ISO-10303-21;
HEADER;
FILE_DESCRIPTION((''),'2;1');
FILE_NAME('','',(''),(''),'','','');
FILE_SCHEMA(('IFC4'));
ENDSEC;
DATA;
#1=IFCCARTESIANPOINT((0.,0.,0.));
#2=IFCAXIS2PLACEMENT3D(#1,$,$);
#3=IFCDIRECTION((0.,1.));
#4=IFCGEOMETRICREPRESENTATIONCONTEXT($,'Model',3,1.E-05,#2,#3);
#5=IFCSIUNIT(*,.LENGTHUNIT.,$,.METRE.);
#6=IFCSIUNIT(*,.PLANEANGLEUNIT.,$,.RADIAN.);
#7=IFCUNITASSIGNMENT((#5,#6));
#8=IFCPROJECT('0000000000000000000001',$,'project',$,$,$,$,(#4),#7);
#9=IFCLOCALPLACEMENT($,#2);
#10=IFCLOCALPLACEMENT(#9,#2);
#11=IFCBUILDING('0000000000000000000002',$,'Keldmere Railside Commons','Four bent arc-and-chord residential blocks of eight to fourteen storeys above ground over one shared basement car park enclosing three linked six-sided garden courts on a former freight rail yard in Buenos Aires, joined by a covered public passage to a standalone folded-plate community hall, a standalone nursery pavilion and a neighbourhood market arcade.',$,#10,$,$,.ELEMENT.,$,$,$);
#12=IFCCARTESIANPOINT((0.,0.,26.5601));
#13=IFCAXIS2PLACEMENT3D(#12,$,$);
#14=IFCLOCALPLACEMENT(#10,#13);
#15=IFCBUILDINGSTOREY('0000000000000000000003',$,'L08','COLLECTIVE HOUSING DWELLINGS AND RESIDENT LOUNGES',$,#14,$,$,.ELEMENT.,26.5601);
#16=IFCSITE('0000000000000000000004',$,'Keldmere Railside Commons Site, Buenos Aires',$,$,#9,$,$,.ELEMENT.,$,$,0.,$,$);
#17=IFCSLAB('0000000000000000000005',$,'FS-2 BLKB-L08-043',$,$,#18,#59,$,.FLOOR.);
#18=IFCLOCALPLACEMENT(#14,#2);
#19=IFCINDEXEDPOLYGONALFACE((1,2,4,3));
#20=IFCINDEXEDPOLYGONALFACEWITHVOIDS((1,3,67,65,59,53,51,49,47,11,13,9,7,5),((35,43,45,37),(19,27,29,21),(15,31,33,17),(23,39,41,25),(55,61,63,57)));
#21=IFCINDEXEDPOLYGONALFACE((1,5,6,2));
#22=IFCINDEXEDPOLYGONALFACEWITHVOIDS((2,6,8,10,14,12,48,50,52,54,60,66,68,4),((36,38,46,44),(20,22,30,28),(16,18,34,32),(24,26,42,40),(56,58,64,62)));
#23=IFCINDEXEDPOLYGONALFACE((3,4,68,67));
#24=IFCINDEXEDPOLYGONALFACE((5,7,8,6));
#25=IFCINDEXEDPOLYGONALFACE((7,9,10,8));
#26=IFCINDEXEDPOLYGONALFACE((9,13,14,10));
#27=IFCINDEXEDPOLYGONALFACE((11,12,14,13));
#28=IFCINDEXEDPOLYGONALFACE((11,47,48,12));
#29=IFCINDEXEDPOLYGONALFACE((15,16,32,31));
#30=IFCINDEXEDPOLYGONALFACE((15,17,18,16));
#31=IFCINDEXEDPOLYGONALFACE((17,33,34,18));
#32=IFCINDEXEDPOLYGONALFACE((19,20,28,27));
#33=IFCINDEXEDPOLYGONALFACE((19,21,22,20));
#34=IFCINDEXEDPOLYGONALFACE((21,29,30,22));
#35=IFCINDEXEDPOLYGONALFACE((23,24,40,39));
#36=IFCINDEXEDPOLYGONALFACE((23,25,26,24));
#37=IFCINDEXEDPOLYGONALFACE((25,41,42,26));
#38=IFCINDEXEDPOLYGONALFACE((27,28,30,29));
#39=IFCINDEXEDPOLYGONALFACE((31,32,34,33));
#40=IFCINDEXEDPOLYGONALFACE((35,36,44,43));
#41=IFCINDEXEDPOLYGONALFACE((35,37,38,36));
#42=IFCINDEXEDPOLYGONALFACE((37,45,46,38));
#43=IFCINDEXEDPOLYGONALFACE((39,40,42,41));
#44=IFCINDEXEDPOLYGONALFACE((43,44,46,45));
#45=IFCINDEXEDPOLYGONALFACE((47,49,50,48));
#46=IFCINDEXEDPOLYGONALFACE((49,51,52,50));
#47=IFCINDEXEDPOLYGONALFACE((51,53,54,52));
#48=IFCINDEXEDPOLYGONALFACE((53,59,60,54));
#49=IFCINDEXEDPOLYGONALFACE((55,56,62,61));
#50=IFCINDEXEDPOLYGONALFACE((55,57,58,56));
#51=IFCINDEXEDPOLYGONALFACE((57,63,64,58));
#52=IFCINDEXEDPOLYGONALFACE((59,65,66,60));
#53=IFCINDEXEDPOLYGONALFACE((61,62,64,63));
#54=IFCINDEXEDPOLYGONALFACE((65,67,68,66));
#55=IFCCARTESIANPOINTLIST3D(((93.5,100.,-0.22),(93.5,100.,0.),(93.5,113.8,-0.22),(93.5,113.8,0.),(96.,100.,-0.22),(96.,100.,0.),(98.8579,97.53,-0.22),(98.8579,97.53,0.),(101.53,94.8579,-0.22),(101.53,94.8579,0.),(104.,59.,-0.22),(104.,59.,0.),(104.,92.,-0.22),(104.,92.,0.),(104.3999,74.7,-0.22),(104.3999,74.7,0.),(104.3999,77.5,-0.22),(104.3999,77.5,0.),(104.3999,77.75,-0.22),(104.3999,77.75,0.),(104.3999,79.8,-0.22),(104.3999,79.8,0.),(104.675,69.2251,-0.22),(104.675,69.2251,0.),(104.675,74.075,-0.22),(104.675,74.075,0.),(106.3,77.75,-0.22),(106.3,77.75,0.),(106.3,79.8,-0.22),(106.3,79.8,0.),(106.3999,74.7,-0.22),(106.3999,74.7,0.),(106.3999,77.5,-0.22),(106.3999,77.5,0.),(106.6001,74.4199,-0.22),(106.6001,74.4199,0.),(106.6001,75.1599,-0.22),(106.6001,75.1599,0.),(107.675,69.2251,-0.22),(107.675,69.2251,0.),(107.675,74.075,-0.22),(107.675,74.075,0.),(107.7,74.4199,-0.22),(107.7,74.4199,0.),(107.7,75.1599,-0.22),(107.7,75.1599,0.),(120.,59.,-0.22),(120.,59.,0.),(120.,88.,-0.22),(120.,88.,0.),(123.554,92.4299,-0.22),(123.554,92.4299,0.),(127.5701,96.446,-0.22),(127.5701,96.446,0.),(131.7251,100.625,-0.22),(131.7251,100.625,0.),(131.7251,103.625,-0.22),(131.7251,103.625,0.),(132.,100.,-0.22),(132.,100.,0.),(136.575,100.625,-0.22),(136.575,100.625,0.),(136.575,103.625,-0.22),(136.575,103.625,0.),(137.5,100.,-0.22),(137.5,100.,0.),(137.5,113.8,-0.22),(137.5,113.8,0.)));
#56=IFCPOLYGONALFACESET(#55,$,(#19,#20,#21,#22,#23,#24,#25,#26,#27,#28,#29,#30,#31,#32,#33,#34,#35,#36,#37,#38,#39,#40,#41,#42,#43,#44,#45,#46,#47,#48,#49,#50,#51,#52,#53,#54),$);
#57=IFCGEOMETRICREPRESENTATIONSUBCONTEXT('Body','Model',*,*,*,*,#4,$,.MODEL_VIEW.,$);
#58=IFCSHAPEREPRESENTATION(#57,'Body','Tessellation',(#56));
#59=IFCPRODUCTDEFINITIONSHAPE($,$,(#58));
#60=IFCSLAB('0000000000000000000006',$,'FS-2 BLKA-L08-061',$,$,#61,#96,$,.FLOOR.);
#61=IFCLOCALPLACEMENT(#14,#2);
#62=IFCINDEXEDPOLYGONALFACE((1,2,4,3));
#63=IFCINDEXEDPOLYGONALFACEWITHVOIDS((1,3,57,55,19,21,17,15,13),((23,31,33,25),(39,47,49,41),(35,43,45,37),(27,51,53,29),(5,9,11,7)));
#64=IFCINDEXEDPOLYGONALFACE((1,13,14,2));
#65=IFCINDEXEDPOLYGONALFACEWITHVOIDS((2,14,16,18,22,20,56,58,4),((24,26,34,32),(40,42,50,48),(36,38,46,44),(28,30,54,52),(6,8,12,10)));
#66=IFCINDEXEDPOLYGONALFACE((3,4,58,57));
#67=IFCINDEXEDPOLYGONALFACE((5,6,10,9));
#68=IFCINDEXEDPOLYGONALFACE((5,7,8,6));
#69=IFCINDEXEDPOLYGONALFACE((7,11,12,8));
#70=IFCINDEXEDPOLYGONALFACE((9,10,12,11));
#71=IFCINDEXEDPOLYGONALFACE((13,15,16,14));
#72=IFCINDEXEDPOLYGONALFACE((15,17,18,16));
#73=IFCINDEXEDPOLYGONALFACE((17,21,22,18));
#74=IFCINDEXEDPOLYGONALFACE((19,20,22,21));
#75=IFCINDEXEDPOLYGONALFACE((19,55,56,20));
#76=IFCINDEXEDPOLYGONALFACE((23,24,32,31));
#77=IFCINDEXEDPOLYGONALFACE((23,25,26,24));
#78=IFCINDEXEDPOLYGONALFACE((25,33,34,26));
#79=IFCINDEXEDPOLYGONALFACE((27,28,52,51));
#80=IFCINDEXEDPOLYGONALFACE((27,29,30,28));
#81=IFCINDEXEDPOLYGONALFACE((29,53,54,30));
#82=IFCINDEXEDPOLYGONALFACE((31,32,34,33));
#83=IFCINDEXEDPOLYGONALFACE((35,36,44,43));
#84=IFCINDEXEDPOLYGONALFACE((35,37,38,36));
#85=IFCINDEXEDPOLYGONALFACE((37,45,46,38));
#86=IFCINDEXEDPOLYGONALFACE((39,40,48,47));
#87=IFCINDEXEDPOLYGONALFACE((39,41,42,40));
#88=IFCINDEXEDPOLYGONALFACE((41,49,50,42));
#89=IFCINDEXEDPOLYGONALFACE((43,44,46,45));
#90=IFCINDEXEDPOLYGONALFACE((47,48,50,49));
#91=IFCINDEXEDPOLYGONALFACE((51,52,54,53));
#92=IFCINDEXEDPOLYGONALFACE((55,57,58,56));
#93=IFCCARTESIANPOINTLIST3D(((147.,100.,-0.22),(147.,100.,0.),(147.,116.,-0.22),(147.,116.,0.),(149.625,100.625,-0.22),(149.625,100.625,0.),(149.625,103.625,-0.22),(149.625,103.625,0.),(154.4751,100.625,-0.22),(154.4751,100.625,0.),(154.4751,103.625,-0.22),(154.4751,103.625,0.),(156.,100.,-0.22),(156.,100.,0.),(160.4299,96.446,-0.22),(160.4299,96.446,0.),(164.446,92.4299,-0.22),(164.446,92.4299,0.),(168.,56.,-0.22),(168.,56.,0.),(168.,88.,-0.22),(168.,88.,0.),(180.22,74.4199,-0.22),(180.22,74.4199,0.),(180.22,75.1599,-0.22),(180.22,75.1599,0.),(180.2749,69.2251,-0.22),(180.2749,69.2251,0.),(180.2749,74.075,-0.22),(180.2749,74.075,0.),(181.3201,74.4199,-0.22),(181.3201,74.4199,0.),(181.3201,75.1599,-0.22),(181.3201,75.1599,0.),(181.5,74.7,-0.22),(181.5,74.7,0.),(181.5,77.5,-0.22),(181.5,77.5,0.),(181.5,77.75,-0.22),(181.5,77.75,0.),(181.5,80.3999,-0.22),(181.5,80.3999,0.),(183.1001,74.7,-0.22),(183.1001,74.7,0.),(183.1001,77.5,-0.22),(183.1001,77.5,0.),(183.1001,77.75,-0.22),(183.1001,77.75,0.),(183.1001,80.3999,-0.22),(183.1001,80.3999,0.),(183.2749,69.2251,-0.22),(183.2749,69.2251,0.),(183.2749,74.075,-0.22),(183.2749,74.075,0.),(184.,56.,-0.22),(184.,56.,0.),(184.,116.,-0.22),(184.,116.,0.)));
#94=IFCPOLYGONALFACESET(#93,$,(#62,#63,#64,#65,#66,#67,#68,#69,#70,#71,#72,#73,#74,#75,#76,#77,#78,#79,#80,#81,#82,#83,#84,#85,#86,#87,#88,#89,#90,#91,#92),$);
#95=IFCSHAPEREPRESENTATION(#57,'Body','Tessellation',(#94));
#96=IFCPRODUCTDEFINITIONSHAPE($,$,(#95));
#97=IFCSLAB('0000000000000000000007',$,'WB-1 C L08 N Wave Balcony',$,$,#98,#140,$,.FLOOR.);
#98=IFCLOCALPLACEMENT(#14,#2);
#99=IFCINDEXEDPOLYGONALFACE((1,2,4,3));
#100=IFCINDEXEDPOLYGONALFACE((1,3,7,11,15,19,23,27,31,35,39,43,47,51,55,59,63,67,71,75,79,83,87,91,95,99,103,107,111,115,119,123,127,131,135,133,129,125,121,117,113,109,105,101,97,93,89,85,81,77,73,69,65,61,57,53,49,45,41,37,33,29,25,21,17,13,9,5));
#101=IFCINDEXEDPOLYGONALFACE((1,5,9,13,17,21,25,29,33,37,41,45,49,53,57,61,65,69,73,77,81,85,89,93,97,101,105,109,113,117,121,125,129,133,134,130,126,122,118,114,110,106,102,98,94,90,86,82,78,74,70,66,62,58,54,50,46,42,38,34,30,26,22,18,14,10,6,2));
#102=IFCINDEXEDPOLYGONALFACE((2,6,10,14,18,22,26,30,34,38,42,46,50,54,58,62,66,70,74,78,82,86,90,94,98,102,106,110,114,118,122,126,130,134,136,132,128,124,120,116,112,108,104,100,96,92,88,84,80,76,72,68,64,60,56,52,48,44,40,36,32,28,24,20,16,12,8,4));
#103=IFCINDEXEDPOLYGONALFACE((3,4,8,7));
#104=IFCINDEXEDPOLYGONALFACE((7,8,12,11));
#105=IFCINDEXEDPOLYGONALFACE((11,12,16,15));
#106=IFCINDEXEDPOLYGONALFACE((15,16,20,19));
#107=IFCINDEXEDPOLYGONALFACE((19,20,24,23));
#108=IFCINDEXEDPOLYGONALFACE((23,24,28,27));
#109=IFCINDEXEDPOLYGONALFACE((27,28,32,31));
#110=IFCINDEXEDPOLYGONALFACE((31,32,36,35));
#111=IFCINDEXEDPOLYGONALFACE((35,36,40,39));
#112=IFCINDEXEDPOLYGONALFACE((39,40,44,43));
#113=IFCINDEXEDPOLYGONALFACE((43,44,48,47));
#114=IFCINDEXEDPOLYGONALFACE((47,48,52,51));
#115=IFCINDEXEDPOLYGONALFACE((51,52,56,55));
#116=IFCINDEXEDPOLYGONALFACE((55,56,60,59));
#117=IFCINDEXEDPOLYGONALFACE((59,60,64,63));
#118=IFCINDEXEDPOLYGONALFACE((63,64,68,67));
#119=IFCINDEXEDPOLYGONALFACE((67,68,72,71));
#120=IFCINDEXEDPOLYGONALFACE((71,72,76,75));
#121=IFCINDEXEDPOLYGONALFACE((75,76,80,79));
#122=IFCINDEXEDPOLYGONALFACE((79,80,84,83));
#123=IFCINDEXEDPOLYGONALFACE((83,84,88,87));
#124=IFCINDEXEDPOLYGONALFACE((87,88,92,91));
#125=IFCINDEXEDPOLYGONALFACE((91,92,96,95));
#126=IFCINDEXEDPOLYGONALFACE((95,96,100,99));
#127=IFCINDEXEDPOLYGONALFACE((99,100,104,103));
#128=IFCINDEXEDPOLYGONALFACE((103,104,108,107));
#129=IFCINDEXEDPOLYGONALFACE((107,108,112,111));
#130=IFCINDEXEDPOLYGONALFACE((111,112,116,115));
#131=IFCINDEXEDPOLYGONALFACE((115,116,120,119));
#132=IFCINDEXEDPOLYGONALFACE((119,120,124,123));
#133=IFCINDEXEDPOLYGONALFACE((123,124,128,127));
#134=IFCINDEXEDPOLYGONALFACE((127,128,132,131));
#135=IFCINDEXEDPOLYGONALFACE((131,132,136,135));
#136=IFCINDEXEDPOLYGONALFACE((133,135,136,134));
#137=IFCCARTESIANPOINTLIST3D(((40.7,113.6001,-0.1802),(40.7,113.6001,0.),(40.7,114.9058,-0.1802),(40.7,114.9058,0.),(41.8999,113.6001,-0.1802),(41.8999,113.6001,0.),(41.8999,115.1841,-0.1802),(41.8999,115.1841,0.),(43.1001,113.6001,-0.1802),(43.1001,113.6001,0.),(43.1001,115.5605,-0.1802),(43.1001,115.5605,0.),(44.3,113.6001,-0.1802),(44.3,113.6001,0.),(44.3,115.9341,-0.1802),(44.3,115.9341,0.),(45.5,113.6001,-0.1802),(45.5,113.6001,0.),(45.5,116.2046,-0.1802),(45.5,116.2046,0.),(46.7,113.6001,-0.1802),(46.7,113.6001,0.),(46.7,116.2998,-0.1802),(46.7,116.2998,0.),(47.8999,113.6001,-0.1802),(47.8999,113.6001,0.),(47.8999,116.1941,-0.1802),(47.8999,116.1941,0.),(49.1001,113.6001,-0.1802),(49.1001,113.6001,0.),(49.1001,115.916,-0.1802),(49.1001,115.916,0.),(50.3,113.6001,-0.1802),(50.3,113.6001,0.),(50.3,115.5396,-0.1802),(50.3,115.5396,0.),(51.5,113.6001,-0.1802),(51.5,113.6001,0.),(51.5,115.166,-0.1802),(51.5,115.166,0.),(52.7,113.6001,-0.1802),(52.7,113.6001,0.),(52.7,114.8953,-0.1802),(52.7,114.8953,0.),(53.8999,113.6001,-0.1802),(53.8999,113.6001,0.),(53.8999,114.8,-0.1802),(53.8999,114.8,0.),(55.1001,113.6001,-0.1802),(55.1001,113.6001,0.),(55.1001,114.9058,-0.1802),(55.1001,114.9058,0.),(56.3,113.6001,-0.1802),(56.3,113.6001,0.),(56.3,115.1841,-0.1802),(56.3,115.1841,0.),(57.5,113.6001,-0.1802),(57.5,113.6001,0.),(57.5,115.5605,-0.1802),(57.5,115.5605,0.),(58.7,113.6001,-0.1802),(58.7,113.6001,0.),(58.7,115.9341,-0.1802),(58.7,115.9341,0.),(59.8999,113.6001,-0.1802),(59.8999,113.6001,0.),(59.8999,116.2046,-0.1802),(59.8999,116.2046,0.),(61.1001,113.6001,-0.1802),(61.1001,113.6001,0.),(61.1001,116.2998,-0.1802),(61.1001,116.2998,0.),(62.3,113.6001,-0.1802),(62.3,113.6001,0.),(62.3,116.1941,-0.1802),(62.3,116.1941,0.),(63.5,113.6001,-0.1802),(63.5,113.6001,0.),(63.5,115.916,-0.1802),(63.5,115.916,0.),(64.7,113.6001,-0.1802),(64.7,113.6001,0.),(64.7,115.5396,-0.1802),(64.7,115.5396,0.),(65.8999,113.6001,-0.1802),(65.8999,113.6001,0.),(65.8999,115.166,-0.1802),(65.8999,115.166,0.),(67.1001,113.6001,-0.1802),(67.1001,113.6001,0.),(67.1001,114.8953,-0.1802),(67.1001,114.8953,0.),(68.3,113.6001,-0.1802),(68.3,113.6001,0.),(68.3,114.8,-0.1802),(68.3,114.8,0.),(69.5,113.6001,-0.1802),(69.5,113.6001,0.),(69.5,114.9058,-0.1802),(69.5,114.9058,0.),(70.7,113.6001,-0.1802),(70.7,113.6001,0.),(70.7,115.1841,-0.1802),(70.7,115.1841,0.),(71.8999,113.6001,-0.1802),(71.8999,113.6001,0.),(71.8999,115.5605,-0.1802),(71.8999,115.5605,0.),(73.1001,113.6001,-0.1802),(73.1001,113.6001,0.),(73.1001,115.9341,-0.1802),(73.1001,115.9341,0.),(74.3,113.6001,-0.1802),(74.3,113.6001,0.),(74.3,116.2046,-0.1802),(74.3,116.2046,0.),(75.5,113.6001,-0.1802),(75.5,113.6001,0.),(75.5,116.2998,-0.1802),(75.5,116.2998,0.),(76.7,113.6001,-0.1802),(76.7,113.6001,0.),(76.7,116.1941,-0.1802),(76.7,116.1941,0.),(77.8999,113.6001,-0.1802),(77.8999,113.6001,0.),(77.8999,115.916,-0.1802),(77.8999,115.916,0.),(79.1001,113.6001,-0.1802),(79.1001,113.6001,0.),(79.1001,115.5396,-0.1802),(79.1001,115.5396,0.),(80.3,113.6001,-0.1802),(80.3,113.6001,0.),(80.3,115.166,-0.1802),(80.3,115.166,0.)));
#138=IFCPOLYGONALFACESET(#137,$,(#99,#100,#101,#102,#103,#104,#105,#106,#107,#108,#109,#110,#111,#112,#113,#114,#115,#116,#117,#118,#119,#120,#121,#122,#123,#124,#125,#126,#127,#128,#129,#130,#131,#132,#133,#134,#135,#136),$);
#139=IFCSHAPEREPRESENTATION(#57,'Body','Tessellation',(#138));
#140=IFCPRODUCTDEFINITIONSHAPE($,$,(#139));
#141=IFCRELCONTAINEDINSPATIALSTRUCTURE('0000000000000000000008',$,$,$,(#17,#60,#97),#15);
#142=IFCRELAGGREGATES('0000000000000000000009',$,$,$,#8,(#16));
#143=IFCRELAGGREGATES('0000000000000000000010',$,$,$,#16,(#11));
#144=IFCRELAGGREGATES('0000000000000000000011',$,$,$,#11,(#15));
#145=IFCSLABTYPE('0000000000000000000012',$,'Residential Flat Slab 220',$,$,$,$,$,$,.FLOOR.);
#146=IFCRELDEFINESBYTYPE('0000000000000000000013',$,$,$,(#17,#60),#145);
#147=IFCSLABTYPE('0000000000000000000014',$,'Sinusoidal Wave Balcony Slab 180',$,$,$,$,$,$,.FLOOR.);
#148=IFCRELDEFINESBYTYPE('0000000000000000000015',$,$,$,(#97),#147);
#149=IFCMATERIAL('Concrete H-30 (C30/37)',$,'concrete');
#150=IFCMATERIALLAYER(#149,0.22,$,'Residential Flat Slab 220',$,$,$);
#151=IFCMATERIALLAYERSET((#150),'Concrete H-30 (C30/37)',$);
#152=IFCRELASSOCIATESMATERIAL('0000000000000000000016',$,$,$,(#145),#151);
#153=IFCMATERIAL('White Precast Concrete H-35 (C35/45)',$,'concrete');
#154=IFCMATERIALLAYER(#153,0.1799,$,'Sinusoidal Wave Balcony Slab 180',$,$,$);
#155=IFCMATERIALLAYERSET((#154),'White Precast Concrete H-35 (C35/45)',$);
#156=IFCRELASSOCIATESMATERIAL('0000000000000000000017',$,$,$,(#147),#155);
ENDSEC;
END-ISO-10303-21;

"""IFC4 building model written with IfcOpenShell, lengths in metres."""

from ifc_helpers import new_model, si_unit, direction, frame, origin, place, context, subcontext, project, spatial, polyline, outline, extrude, material, layer, layer_set, type_object, element, save


model = new_model("IFC4")

# Units and contexts
model_context = context("Model", 3, precision=1e-05, world=origin(), true_north=direction((0.0, 1.0)))
body_context = subcontext(model_context, "Body", "Model", "MODEL_VIEW")
ifc_project = project(units=[si_unit("LENGTHUNIT", "METRE"), si_unit("PLANEANGLEUNIT", "RADIAN")], contexts=[model_context])

# Site, building, storey
site_placement = place(None, origin())
site = spatial("IfcSite", under=ifc_project, at=site_placement, Name="Keldmere Railside Commons Site, Buenos Aires", CompositionType="ELEMENT", RefElevation=0.0)
building_placement = place(site_placement, origin())
building = spatial("IfcBuilding", under=site, at=building_placement, Name="Keldmere Railside Commons", Description="Four bent arc-and-chord residential blocks of eight to fourteen storeys above ground over one shared basement car park enclosing three linked six-sided garden courts on a former freight rail yard in Buenos Aires, joined by a covered public passage to a standalone folded-plate community hall, a standalone nursery pavilion and a neighbourhood market arcade.", CompositionType="ELEMENT")
storey_placement = place(building_placement, frame((0.0, 0.0, 26.5601)))
storey = spatial("IfcBuildingStorey", under=building, at=storey_placement, Name="L08", Description="COLLECTIVE HOUSING DWELLINGS AND RESIDENT LOUNGES", CompositionType="ELEMENT", Elevation=26.5601)

# Shared definitions
ifc_material_1 = material(Name="Concrete H-30 (C30/37)", Category="concrete")

# Slabs
ifc_layer_1 = layer(ifc_material_1, 0.22, Name="Residential Flat Slab 220")
ifc_layer_set_1 = layer_set([ifc_layer_1], Name="Concrete H-30 (C30/37)")
slab_type_1 = type_object("IfcSlabType", Name="Residential Flat Slab 220", PredefinedType="FLOOR", material=ifc_layer_set_1)
slab_1_placement = place(storey_placement, frame((0.0, 0.0, -0.22)))
element("IfcSlab", 1, at=slab_1_placement, inside=storey, type_object=slab_type_1, Name="FS-2 BLKB-L08-043", PredefinedType="FLOOR", context=body_context, shape_type="SweptSolid", body=[
    extrude(outline(polyline([(104.0, 59.0), (120.0, 59.0), (120.0, 88.0), (123.554, 92.4299), (127.5701, 96.446), (132.0, 100.0), (137.5, 100.0), (137.5, 113.8), (93.5, 113.8), (93.5, 100.0), (96.0, 100.0), (98.8579, 97.53), (101.53, 94.8579), (104.0, 92.0), (104.0, 59.0)]), holes=[polyline([(107.675, 69.2251), (104.675, 69.2251), (104.675, 74.075), (107.675, 74.075), (107.675, 69.2251)]), polyline([(106.3999, 74.7), (104.3999, 74.7), (104.3999, 77.5), (106.3999, 77.5), (106.3999, 74.7)]), polyline([(106.3, 77.75), (104.3999, 77.75), (104.3999, 79.8), (106.3, 79.8), (106.3, 77.75)]), polyline([(107.7, 74.4199), (106.6001, 74.4199), (106.6001, 75.1599), (107.7, 75.1599), (107.7, 74.4199)]), polyline([(131.7251, 100.625), (131.7251, 103.625), (136.575, 103.625), (136.575, 100.625), (131.7251, 100.625)])]), origin(), (0.0, 0.0, 1.0), 0.22),
])
slab_2_placement = place(storey_placement, frame((0.0, 0.0, -0.22)))
element("IfcSlab", 2, at=slab_2_placement, inside=storey, type_object=slab_type_1, Name="FS-2 BLKA-L08-061", PredefinedType="FLOOR", context=body_context, shape_type="SweptSolid", body=[
    extrude(outline(polyline([(168.0, 56.0), (184.0, 56.0), (184.0, 116.0), (147.0, 116.0), (147.0, 100.0), (156.0, 100.0), (160.4299, 96.446), (164.446, 92.4299), (168.0, 88.0), (168.0, 56.0)]), holes=[polyline([(183.2749, 69.2251), (180.2749, 69.2251), (180.2749, 74.075), (183.2749, 74.075), (183.2749, 69.2251)]), polyline([(181.3201, 74.4199), (180.22, 74.4199), (180.22, 75.1599), (181.3201, 75.1599), (181.3201, 74.4199)]), polyline([(183.1001, 74.7), (181.5, 74.7), (181.5, 77.5), (183.1001, 77.5), (183.1001, 74.7)]), polyline([(183.1001, 77.75), (181.5, 77.75), (181.5, 80.3999), (183.1001, 80.3999), (183.1001, 77.75)]), polyline([(149.625, 100.625), (149.625, 103.625), (154.4751, 103.625), (154.4751, 100.625), (149.625, 100.625)])]), origin(), (0.0, 0.0, 1.0), 0.22),
])
ifc_material_2 = material(Name="White Precast Concrete H-35 (C35/45)", Category="concrete")
ifc_layer_2 = layer(ifc_material_2, 0.1799, Name="Sinusoidal Wave Balcony Slab 180")
ifc_layer_set_2 = layer_set([ifc_layer_2], Name="White Precast Concrete H-35 (C35/45)")
slab_type_2 = type_object("IfcSlabType", Name="Sinusoidal Wave Balcony Slab 180", PredefinedType="FLOOR", material=ifc_layer_set_2)
slab_3_placement = place(storey_placement, frame((0.0, 0.0, -0.1802)))
element("IfcSlab", 3, at=slab_3_placement, inside=storey, type_object=slab_type_2, Name="WB-1 C L08 N Wave Balcony", PredefinedType="FLOOR", context=body_context, shape_type="SweptSolid", body=[
    extrude(outline(polyline([(40.7, 113.6001), (41.8999, 113.6001), (43.1001, 113.6001), (44.3, 113.6001), (45.5, 113.6001), (46.7, 113.6001), (47.8999, 113.6001), (49.1001, 113.6001), (50.3, 113.6001), (51.5, 113.6001), (52.7, 113.6001), (53.8999, 113.6001), (55.1001, 113.6001), (56.3, 113.6001), (57.5, 113.6001), (58.7, 113.6001), (59.8999, 113.6001), (61.1001, 113.6001), (62.3, 113.6001), (63.5, 113.6001), (64.7, 113.6001), (65.8999, 113.6001), (67.1001, 113.6001), (68.3, 113.6001), (69.5, 113.6001), (70.7, 113.6001), (71.8999, 113.6001), (73.1001, 113.6001), (74.3, 113.6001), (75.5, 113.6001), (76.7, 113.6001), (77.8999, 113.6001), (79.1001, 113.6001), (80.3, 113.6001), (80.3, 115.166), (79.1001, 115.5396), (77.8999, 115.916), (76.7, 116.1941), (75.5, 116.2998), (74.3, 116.2046), (73.1001, 115.9341), (71.8999, 115.5605), (70.7, 115.1841), (69.5, 114.9058), (68.3, 114.8), (67.1001, 114.8953), (65.8999, 115.166), (64.7, 115.5396), (63.5, 115.916), (62.3, 116.1941), (61.1001, 116.2998), (59.8999, 116.2046), (58.7, 115.9341), (57.5, 115.5605), (56.3, 115.1841), (55.1001, 114.9058), (53.8999, 114.8), (52.7, 114.8953), (51.5, 115.166), (50.3, 115.5396), (49.1001, 115.916), (47.8999, 116.1941), (46.7, 116.2998), (45.5, 116.2046), (44.3, 115.9341), (43.1001, 115.5605), (41.8999, 115.1841), (40.7, 114.9058), (40.7, 113.6001)])), origin(), (0.0, 0.0, 1.0), 0.1802),
])

save(model, "model.ifc")
